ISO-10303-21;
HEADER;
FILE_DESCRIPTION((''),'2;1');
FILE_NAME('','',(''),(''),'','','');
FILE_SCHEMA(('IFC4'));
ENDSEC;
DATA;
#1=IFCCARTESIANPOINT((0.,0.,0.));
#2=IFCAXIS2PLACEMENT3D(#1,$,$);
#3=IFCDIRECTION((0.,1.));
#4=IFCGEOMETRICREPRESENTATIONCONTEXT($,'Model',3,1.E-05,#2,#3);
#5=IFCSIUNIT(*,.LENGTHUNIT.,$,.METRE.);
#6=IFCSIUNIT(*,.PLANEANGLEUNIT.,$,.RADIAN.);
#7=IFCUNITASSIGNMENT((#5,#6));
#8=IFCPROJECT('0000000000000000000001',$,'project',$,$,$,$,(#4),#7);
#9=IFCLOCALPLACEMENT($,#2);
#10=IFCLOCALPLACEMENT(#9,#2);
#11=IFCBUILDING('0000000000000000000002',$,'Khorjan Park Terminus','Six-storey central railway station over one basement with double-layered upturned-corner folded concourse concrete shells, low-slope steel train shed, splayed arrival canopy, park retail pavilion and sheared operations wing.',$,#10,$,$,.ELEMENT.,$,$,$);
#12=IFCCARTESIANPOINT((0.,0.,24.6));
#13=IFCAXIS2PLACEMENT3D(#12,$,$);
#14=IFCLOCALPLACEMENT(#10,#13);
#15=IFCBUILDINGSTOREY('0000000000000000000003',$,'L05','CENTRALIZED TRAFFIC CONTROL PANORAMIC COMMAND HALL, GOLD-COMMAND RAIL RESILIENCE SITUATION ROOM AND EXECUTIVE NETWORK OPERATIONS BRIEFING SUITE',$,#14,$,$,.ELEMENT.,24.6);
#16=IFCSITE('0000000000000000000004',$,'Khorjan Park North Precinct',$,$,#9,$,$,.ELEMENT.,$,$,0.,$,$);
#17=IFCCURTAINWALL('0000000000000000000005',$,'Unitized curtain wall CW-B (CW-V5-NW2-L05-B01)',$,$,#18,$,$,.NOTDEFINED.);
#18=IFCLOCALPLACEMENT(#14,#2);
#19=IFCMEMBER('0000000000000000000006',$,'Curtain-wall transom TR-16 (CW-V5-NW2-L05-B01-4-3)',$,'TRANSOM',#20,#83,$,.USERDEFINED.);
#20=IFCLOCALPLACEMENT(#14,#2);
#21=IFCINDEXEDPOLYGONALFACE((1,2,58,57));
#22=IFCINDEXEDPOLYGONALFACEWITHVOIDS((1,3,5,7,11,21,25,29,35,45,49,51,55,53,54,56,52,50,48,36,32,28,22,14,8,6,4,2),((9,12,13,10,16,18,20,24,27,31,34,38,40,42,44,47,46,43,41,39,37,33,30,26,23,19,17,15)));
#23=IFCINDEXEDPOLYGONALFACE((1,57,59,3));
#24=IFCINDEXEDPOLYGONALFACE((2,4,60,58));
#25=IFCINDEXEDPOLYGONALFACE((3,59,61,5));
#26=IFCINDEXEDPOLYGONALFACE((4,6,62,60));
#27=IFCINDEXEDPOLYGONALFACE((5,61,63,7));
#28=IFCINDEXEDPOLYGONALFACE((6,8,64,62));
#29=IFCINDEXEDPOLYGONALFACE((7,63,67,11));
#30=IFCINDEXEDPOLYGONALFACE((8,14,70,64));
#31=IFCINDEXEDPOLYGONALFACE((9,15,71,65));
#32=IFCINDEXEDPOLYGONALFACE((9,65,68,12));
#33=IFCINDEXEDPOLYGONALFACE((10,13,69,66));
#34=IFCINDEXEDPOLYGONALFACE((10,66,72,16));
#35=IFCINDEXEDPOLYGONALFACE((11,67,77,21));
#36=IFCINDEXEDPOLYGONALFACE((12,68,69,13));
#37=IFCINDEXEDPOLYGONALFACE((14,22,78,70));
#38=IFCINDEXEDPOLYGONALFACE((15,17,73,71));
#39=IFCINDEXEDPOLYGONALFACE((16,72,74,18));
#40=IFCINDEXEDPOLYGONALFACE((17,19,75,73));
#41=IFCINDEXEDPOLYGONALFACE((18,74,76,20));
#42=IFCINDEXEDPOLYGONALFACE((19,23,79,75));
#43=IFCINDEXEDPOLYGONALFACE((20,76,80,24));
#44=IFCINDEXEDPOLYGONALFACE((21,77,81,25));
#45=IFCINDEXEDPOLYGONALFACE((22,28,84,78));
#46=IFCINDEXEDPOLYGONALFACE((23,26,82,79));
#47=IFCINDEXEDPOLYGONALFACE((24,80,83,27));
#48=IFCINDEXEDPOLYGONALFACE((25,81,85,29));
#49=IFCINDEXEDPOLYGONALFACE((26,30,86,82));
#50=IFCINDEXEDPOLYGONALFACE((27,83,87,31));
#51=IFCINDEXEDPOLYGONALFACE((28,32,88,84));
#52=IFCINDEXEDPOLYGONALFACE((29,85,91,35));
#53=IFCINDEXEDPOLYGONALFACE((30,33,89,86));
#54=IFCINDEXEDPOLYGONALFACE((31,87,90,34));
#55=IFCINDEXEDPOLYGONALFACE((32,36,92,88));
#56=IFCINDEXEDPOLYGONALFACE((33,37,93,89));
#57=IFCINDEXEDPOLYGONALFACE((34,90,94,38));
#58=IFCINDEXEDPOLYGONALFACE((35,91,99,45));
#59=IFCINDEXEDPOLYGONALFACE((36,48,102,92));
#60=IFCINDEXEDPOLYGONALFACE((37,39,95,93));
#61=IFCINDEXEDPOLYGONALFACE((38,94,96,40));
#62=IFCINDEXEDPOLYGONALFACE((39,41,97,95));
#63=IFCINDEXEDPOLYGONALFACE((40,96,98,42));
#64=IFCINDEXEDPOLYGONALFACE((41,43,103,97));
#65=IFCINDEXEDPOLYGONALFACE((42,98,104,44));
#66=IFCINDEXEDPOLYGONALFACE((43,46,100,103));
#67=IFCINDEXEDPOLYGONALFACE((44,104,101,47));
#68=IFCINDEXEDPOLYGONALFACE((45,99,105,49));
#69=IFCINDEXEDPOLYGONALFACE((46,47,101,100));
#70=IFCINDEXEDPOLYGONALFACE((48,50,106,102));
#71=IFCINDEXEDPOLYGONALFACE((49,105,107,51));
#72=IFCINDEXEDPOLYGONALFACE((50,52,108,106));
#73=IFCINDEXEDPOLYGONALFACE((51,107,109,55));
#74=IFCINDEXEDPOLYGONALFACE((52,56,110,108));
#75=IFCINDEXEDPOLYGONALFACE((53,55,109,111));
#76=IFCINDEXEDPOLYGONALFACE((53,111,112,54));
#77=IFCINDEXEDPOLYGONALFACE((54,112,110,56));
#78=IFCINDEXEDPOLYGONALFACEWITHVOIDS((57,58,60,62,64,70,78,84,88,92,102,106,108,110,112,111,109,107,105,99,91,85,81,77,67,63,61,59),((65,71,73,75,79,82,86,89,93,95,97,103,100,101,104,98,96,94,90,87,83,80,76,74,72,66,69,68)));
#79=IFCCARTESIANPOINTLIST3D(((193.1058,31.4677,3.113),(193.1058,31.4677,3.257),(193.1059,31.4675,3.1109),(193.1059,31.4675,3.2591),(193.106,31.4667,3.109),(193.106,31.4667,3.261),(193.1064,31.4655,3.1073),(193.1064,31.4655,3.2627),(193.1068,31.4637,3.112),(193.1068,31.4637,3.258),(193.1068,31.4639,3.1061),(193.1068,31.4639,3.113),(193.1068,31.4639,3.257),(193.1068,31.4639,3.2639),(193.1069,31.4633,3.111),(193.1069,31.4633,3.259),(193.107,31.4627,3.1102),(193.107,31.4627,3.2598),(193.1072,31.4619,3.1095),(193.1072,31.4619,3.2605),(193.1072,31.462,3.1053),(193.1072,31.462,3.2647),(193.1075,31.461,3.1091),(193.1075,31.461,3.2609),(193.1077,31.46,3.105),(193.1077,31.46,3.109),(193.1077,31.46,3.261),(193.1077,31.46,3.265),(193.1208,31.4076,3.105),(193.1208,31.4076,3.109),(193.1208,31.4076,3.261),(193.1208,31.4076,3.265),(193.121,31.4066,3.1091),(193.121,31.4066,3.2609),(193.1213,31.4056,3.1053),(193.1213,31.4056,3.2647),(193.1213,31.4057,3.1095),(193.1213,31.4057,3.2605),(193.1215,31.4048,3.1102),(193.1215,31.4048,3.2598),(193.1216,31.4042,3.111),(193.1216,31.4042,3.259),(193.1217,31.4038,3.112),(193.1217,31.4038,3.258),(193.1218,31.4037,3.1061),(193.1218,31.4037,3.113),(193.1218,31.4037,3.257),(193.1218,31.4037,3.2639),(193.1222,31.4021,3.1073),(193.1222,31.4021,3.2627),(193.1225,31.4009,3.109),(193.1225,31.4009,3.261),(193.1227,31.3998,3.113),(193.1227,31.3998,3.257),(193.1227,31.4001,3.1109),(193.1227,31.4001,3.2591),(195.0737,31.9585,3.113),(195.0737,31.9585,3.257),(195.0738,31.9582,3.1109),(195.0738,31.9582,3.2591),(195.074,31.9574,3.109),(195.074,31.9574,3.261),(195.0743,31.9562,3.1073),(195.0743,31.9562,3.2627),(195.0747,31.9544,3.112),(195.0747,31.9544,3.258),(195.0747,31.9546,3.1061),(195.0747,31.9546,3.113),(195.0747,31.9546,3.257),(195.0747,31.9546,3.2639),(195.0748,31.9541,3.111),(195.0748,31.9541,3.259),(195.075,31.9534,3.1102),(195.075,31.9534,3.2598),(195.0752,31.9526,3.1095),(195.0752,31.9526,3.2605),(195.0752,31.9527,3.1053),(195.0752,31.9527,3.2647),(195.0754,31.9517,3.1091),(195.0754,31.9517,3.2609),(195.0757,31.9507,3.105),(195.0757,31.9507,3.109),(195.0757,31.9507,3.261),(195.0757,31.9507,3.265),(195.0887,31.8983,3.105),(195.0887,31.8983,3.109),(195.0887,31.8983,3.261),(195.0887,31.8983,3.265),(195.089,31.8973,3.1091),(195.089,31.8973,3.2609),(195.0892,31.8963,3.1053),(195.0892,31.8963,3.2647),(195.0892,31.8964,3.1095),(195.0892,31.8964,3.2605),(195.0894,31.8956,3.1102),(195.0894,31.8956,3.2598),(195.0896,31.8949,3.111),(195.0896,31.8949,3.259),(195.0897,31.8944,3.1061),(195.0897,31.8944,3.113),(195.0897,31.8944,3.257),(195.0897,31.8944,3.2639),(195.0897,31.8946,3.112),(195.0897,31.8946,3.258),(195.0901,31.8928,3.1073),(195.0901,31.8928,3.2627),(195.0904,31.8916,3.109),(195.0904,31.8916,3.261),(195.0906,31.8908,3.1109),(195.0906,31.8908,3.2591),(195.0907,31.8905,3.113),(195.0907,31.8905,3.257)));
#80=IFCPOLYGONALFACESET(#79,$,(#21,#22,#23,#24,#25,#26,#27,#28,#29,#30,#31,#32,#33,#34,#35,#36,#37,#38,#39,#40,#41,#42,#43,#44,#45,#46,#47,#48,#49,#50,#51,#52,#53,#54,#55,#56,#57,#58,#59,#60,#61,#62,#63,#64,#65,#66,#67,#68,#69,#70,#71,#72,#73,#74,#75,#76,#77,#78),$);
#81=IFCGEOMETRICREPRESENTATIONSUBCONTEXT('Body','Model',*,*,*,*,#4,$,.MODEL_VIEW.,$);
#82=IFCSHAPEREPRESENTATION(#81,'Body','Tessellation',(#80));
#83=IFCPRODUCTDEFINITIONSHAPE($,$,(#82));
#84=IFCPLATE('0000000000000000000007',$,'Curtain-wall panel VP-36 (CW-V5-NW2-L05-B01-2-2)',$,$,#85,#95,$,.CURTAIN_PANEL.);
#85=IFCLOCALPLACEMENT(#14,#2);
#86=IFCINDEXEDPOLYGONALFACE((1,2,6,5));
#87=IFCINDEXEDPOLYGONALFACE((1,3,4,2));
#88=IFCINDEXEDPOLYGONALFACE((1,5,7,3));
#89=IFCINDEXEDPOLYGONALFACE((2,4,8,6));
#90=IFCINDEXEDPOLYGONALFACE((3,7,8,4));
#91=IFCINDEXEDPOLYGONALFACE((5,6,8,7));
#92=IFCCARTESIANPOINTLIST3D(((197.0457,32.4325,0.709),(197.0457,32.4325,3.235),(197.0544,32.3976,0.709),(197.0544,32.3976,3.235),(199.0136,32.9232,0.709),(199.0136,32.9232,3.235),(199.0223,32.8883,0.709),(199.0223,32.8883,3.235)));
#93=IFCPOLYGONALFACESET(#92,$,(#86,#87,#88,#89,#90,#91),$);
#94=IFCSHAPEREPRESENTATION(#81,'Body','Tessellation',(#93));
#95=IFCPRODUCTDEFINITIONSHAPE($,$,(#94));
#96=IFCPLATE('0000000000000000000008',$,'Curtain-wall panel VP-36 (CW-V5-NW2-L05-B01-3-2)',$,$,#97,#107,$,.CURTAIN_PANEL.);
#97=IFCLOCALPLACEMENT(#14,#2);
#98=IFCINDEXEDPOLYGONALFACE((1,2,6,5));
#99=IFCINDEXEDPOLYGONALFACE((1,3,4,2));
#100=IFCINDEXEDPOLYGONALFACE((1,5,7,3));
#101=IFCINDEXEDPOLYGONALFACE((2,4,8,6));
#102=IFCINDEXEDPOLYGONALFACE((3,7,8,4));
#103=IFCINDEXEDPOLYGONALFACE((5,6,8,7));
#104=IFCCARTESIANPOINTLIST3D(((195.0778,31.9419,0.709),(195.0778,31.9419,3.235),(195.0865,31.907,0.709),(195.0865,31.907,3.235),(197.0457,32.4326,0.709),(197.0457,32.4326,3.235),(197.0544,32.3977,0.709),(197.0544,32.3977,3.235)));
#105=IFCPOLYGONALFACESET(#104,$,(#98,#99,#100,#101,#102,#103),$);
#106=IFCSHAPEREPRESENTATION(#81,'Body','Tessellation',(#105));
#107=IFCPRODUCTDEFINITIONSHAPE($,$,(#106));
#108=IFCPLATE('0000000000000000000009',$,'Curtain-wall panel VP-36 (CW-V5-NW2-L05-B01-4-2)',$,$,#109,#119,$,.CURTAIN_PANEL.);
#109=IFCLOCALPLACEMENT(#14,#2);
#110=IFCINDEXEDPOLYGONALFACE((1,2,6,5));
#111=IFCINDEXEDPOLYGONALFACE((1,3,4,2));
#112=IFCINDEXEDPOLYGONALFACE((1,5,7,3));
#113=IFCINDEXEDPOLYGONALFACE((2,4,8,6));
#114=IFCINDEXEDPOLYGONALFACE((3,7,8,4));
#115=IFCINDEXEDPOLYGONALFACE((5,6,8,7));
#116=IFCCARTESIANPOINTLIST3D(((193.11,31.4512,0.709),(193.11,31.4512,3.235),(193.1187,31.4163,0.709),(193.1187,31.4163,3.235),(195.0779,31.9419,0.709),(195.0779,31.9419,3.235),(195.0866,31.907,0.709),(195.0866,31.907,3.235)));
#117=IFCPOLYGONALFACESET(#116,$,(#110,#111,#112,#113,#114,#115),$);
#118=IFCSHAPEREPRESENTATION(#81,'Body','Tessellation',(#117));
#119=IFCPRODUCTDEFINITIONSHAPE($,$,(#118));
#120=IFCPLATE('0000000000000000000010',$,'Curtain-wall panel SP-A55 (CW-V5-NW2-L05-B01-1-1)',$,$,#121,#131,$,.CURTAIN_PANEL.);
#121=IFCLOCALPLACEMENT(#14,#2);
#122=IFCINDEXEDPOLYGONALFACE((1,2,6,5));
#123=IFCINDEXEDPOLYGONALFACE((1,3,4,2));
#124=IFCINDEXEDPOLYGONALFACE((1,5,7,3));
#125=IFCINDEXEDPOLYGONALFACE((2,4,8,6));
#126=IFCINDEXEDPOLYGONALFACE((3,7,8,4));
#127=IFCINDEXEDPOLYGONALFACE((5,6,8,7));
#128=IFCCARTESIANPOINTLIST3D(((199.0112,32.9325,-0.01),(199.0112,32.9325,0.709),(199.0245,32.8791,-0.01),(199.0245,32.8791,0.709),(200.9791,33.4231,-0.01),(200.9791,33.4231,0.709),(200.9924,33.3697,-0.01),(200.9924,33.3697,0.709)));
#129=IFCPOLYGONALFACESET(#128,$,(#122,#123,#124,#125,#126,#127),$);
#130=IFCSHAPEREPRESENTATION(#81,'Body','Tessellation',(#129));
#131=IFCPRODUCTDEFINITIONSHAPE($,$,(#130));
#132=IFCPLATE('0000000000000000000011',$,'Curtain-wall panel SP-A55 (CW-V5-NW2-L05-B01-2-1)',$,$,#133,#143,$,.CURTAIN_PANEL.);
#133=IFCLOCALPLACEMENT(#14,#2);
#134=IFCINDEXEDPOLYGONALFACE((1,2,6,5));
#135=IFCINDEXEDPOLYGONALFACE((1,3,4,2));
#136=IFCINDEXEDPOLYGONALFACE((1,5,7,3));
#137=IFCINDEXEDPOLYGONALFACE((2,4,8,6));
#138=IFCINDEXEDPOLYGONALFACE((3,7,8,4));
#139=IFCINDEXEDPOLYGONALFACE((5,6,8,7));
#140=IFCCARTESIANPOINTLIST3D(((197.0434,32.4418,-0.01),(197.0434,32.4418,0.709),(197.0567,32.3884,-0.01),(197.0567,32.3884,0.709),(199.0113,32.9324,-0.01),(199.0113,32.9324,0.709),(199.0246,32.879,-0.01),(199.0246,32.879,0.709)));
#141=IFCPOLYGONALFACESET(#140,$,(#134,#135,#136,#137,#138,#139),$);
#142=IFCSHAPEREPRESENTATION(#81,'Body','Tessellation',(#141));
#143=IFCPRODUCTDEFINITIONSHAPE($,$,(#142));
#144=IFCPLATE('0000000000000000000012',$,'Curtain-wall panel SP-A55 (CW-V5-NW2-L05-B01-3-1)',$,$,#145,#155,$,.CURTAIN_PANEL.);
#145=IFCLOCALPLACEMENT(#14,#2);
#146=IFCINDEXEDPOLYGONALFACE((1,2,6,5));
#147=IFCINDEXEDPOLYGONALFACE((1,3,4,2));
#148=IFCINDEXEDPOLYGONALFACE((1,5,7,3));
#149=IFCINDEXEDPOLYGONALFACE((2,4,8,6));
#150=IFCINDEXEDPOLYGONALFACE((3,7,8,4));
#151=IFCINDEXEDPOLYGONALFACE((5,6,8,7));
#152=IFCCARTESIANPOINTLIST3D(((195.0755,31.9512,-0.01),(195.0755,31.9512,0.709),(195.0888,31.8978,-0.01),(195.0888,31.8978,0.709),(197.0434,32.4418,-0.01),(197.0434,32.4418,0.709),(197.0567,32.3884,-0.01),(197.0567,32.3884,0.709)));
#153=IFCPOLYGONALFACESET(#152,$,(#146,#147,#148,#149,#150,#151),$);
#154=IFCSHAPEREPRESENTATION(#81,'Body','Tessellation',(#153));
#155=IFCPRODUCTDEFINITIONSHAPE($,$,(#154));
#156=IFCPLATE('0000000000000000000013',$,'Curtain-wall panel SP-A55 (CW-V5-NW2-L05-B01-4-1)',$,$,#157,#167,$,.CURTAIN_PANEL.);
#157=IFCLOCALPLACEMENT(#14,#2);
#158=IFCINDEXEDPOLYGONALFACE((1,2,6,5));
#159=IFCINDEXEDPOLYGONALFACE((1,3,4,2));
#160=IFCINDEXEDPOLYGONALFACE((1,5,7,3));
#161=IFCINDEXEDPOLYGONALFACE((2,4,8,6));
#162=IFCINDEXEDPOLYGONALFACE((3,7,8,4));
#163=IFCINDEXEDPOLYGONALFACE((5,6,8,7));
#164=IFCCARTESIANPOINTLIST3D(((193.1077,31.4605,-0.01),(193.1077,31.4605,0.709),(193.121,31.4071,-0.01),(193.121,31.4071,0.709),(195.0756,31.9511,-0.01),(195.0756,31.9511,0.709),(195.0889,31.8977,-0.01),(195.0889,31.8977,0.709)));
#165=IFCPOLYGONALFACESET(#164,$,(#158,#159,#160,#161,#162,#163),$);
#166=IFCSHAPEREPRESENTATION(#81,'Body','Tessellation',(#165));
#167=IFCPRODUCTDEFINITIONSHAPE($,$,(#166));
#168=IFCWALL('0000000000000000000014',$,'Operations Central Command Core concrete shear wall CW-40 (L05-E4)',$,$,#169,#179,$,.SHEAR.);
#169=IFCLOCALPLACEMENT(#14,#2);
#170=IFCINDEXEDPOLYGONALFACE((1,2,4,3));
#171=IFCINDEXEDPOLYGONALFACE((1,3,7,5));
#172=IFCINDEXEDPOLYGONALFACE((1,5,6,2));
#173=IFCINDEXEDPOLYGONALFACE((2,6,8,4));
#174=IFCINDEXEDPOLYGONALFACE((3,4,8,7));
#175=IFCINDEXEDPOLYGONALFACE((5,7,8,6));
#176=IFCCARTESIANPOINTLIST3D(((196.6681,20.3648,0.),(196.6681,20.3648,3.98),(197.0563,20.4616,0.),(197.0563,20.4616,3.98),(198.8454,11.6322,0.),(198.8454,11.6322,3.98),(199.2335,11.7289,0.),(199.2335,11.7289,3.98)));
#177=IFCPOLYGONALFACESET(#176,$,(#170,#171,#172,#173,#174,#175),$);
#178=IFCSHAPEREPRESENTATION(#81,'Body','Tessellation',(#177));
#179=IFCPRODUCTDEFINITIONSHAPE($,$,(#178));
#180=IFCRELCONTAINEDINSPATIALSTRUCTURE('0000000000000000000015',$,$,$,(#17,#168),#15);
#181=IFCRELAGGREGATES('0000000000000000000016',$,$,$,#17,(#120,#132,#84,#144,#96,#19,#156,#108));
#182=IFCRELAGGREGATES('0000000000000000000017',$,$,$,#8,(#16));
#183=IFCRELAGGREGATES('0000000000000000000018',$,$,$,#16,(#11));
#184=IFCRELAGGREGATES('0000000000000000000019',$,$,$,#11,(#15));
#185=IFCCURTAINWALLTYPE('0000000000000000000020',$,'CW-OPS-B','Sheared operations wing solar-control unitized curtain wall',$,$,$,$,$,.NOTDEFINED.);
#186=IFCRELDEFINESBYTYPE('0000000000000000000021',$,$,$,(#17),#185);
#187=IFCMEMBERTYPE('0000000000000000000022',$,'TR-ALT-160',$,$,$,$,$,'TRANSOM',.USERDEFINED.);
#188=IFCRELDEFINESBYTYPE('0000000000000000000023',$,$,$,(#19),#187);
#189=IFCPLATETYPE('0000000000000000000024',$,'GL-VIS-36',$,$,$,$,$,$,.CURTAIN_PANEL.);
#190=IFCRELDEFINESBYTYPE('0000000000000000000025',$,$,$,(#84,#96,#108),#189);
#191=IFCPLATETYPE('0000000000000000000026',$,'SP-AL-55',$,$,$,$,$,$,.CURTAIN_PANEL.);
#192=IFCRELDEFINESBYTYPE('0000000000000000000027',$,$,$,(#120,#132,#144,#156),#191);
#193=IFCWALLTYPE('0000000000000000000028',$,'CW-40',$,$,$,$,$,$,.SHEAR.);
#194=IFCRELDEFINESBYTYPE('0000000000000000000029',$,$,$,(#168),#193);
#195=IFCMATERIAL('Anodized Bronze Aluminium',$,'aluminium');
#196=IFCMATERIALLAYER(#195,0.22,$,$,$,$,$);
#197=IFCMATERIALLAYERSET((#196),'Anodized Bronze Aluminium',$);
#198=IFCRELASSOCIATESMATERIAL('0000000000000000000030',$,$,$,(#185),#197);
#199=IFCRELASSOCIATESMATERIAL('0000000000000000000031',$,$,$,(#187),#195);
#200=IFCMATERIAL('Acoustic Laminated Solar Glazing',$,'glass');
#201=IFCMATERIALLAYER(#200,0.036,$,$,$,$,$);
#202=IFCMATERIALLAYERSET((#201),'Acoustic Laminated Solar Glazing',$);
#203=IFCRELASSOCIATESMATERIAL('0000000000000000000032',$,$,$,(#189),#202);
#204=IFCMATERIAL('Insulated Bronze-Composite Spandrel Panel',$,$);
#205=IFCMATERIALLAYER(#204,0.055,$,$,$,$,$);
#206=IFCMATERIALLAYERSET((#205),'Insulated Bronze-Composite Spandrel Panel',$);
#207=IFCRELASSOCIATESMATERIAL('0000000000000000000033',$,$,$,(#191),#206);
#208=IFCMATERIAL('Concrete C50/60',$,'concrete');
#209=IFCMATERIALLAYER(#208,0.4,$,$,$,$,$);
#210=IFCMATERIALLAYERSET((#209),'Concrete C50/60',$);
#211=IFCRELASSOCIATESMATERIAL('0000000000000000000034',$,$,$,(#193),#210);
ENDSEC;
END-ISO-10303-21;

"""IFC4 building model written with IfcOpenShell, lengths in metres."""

from ifc_helpers import new_model, si_unit, direction, frame, frame_2d, origin, origin_2d, place, context, subcontext, project, spatial, rectangle, hollow_rectangle, extrude, material, layer, layer_set, material_profile, profile_set, type_object, element, aggregate, save


model = new_model("IFC4")

# Units and contexts
model_context = context("Model", 3, precision=1e-05, world=origin(), true_north=direction((0.0, 1.0)))
body_context = subcontext(model_context, "Body", "Model", "MODEL_VIEW")
ifc_project = project(units=[si_unit("LENGTHUNIT", "METRE"), si_unit("PLANEANGLEUNIT", "RADIAN")], contexts=[model_context])

# Site, building, storey
site_placement = place(None, origin())
site = spatial("IfcSite", under=ifc_project, at=site_placement, Name="Khorjan Park North Precinct", CompositionType="ELEMENT", RefElevation=0.0)
building_placement = place(site_placement, origin())
building = spatial("IfcBuilding", under=site, at=building_placement, Name="Khorjan Park Terminus", Description="Six-storey central railway station over one basement with double-layered upturned-corner folded concourse concrete shells, low-slope steel train shed, splayed arrival canopy, park retail pavilion and sheared operations wing.", CompositionType="ELEMENT")
storey_placement = place(building_placement, frame((0.0, 0.0, 24.6)))
storey = spatial("IfcBuildingStorey", under=building, at=storey_placement, Name="L05", Description="CENTRALIZED TRAFFIC CONTROL PANORAMIC COMMAND HALL, GOLD-COMMAND RAIL RESILIENCE SITUATION ROOM AND EXECUTIVE NETWORK OPERATIONS BRIEFING SUITE", CompositionType="ELEMENT", Elevation=24.6)

# Shared definitions
ifc_material_1 = material(Name="Concrete C50/60", Category="concrete")

# Curtain wall, member, plates
ifc_material_2 = material(Name="Anodized Bronze Aluminium", Category="aluminium")
ifc_layer_1 = layer(ifc_material_2, 0.22)
ifc_layer_set_1 = layer_set([ifc_layer_1], Name="Anodized Bronze Aluminium")
curtain_wall_type = type_object("IfcCurtainWallType", Name="CW-OPS-B", Description="Sheared operations wing solar-control unitized curtain wall", PredefinedType="NOTDEFINED", material=ifc_layer_set_1)
curtain_wall_placement = place(storey_placement, origin())
curtain_wall = element("IfcCurtainWall", 1, at=curtain_wall_placement, inside=storey, type_object=curtain_wall_type, Name="Unitized curtain wall CW-B (CW-V5-NW2-L05-B01)", PredefinedType="NOTDEFINED")
ifc_material_profile_1 = material_profile(ifc_material_2, hollow_rectangle(XDim=0.07, YDim=0.16, WallThickness=0.004, InnerFilletRadius=0.004, OuterFilletRadius=0.008, at=origin_2d()), Name="ALT 70x160x4")
ifc_profile_set_1 = profile_set([ifc_material_profile_1], Name="Anodized Bronze Aluminium")
member_type_1 = type_object("IfcMemberType", Name="TR-ALT-160", ElementType="TRANSOM", PredefinedType="USERDEFINED", material=ifc_profile_set_1)
member_1_placement = place(storey_placement, frame((195.0822, 31.9245, 3.185), z_axis=(-0.97029, -0.241944, 0.0), x_axis=(0.241944, -0.97029, 0.0)))
member_1 = element("IfcMember", 2, at=member_1_placement, type_object=member_type_1, Name="Curtain-wall transom TR-16 (CW-V5-NW2-L05-B01-4-3)", ObjectType="TRANSOM", PredefinedType="USERDEFINED", context=body_context, shape_type="SweptSolid", body=[
    extrude(hollow_rectangle(XDim=0.07, YDim=0.16, WallThickness=0.004, InnerFilletRadius=0.004, OuterFilletRadius=0.008, at=origin_2d()), origin(), (0.0, 0.0, 1.0), 2.0282),
])
ifc_material_3 = material(Name="Acoustic Laminated Solar Glazing", Category="glass")
ifc_layer_2 = layer(ifc_material_3, 0.036)
ifc_layer_set_2 = layer_set([ifc_layer_2], Name="Acoustic Laminated Solar Glazing")
plate_type_1 = type_object("IfcPlateType", Name="GL-VIS-36", PredefinedType="CURTAIN_PANEL", material=ifc_layer_set_2)
plate_1_placement = place(storey_placement, frame((198.034, 32.6604, 0.709), z_axis=(0.0, 0.0, 1.0), x_axis=(-0.970294, -0.241928, 0.0)))
plate_1 = element("IfcPlate", 3, at=plate_1_placement, type_object=plate_type_1, Name="Curtain-wall panel VP-36 (CW-V5-NW2-L05-B01-2-2)", PredefinedType="CURTAIN_PANEL", context=body_context, shape_type="SweptSolid", body=[
    extrude(rectangle(XDim=2.0281, YDim=0.036, at=origin_2d()), origin(), (0.0, 0.0, 1.0), 2.526),
])
plate_2_placement = place(storey_placement, frame((196.0661, 32.1698, 0.709), z_axis=(0.0, 0.0, 1.0), x_axis=(-0.970294, -0.241928, 0.0)))
plate_2 = element("IfcPlate", 4, at=plate_2_placement, type_object=plate_type_1, Name="Curtain-wall panel VP-36 (CW-V5-NW2-L05-B01-3-2)", PredefinedType="CURTAIN_PANEL", context=body_context, shape_type="SweptSolid", body=[
    extrude(rectangle(XDim=2.0281, YDim=0.036, at=origin_2d()), origin(), (0.0, 0.0, 1.0), 2.526),
])
plate_3_placement = place(storey_placement, frame((194.0983, 31.6791, 0.709), z_axis=(0.0, 0.0, 1.0), x_axis=(-0.970294, -0.241928, 0.0)))
plate_3 = element("IfcPlate", 5, at=plate_3_placement, type_object=plate_type_1, Name="Curtain-wall panel VP-36 (CW-V5-NW2-L05-B01-4-2)", PredefinedType="CURTAIN_PANEL", context=body_context, shape_type="SweptSolid", body=[
    extrude(rectangle(XDim=2.0281, YDim=0.036, at=origin_2d()), origin(), (0.0, 0.0, 1.0), 2.526),
])
ifc_material_4 = material(Name="Insulated Bronze-Composite Spandrel Panel")
ifc_layer_3 = layer(ifc_material_4, 0.055)
ifc_layer_set_3 = layer_set([ifc_layer_3], Name="Insulated Bronze-Composite Spandrel Panel")
plate_type_2 = type_object("IfcPlateType", Name="SP-AL-55", PredefinedType="CURTAIN_PANEL", material=ifc_layer_set_3)
plate_4_placement = place(storey_placement, frame((200.0018, 33.1511, -0.01), z_axis=(0.0, 0.0, 1.0), x_axis=(-0.970294, -0.241928, 0.0)))
plate_4 = element("IfcPlate", 6, at=plate_4_placement, type_object=plate_type_2, Name="Curtain-wall panel SP-A55 (CW-V5-NW2-L05-B01-1-1)", PredefinedType="CURTAIN_PANEL", context=body_context, shape_type="SweptSolid", body=[
    extrude(rectangle(XDim=2.0281, YDim=0.055, at=origin_2d()), origin(), (0.0, 0.0, 1.0), 0.719),
])
plate_5_placement = place(storey_placement, frame((198.034, 32.6604, -0.01), z_axis=(0.0, 0.0, 1.0), x_axis=(-0.970294, -0.241928, 0.0)))
plate_5 = element("IfcPlate", 7, at=plate_5_placement, type_object=plate_type_2, Name="Curtain-wall panel SP-A55 (CW-V5-NW2-L05-B01-2-1)", PredefinedType="CURTAIN_PANEL", context=body_context, shape_type="SweptSolid", body=[
    extrude(rectangle(XDim=2.0281, YDim=0.055, at=origin_2d()), origin(), (0.0, 0.0, 1.0), 0.719),
])
plate_6_placement = place(storey_placement, frame((196.0661, 32.1698, -0.01), z_axis=(0.0, 0.0, 1.0), x_axis=(-0.970294, -0.241928, 0.0)))
plate_6 = element("IfcPlate", 8, at=plate_6_placement, type_object=plate_type_2, Name="Curtain-wall panel SP-A55 (CW-V5-NW2-L05-B01-3-1)", PredefinedType="CURTAIN_PANEL", context=body_context, shape_type="SweptSolid", body=[
    extrude(rectangle(XDim=2.0281, YDim=0.055, at=origin_2d()), origin(), (0.0, 0.0, 1.0), 0.719),
])
plate_7_placement = place(storey_placement, frame((194.0983, 31.6791, -0.01), z_axis=(0.0, 0.0, 1.0), x_axis=(-0.970294, -0.241928, 0.0)))
plate_7 = element("IfcPlate", 9, at=plate_7_placement, type_object=plate_type_2, Name="Curtain-wall panel SP-A55 (CW-V5-NW2-L05-B01-4-1)", PredefinedType="CURTAIN_PANEL", context=body_context, shape_type="SweptSolid", body=[
    extrude(rectangle(XDim=2.0281, YDim=0.055, at=origin_2d()), origin(), (0.0, 0.0, 1.0), 0.719),
])
aggregate(curtain_wall, [plate_4, plate_5, plate_1, plate_6, plate_2, member_1, plate_7, plate_3])

# Wall
ifc_layer_4 = layer(ifc_material_1, 0.4)
ifc_layer_set_4 = layer_set([ifc_layer_4], Name="Concrete C50/60")
wall_type_1 = type_object("IfcWallType", Name="CW-40", PredefinedType="SHEAR", material=ifc_layer_set_4)
wall_1_placement = place(storey_placement, frame((196.8622, 20.4132, 0.0), z_axis=(0.0, 0.0, 1.0), x_axis=(0.241921, -0.970296, 0.0)))
element("IfcWall", 10, at=wall_1_placement, inside=storey, type_object=wall_type_1, Name="Operations Central Command Core concrete shear wall CW-40 (L05-E4)", PredefinedType="SHEAR", context=body_context, shape_type="SweptSolid", body=[
    extrude(rectangle(XDim=9.0, YDim=0.4, at=frame_2d((4.5, 0.0))), origin(), (0.0, 0.0, 1.0), 3.98),
])

save(model, "model.ifc")
